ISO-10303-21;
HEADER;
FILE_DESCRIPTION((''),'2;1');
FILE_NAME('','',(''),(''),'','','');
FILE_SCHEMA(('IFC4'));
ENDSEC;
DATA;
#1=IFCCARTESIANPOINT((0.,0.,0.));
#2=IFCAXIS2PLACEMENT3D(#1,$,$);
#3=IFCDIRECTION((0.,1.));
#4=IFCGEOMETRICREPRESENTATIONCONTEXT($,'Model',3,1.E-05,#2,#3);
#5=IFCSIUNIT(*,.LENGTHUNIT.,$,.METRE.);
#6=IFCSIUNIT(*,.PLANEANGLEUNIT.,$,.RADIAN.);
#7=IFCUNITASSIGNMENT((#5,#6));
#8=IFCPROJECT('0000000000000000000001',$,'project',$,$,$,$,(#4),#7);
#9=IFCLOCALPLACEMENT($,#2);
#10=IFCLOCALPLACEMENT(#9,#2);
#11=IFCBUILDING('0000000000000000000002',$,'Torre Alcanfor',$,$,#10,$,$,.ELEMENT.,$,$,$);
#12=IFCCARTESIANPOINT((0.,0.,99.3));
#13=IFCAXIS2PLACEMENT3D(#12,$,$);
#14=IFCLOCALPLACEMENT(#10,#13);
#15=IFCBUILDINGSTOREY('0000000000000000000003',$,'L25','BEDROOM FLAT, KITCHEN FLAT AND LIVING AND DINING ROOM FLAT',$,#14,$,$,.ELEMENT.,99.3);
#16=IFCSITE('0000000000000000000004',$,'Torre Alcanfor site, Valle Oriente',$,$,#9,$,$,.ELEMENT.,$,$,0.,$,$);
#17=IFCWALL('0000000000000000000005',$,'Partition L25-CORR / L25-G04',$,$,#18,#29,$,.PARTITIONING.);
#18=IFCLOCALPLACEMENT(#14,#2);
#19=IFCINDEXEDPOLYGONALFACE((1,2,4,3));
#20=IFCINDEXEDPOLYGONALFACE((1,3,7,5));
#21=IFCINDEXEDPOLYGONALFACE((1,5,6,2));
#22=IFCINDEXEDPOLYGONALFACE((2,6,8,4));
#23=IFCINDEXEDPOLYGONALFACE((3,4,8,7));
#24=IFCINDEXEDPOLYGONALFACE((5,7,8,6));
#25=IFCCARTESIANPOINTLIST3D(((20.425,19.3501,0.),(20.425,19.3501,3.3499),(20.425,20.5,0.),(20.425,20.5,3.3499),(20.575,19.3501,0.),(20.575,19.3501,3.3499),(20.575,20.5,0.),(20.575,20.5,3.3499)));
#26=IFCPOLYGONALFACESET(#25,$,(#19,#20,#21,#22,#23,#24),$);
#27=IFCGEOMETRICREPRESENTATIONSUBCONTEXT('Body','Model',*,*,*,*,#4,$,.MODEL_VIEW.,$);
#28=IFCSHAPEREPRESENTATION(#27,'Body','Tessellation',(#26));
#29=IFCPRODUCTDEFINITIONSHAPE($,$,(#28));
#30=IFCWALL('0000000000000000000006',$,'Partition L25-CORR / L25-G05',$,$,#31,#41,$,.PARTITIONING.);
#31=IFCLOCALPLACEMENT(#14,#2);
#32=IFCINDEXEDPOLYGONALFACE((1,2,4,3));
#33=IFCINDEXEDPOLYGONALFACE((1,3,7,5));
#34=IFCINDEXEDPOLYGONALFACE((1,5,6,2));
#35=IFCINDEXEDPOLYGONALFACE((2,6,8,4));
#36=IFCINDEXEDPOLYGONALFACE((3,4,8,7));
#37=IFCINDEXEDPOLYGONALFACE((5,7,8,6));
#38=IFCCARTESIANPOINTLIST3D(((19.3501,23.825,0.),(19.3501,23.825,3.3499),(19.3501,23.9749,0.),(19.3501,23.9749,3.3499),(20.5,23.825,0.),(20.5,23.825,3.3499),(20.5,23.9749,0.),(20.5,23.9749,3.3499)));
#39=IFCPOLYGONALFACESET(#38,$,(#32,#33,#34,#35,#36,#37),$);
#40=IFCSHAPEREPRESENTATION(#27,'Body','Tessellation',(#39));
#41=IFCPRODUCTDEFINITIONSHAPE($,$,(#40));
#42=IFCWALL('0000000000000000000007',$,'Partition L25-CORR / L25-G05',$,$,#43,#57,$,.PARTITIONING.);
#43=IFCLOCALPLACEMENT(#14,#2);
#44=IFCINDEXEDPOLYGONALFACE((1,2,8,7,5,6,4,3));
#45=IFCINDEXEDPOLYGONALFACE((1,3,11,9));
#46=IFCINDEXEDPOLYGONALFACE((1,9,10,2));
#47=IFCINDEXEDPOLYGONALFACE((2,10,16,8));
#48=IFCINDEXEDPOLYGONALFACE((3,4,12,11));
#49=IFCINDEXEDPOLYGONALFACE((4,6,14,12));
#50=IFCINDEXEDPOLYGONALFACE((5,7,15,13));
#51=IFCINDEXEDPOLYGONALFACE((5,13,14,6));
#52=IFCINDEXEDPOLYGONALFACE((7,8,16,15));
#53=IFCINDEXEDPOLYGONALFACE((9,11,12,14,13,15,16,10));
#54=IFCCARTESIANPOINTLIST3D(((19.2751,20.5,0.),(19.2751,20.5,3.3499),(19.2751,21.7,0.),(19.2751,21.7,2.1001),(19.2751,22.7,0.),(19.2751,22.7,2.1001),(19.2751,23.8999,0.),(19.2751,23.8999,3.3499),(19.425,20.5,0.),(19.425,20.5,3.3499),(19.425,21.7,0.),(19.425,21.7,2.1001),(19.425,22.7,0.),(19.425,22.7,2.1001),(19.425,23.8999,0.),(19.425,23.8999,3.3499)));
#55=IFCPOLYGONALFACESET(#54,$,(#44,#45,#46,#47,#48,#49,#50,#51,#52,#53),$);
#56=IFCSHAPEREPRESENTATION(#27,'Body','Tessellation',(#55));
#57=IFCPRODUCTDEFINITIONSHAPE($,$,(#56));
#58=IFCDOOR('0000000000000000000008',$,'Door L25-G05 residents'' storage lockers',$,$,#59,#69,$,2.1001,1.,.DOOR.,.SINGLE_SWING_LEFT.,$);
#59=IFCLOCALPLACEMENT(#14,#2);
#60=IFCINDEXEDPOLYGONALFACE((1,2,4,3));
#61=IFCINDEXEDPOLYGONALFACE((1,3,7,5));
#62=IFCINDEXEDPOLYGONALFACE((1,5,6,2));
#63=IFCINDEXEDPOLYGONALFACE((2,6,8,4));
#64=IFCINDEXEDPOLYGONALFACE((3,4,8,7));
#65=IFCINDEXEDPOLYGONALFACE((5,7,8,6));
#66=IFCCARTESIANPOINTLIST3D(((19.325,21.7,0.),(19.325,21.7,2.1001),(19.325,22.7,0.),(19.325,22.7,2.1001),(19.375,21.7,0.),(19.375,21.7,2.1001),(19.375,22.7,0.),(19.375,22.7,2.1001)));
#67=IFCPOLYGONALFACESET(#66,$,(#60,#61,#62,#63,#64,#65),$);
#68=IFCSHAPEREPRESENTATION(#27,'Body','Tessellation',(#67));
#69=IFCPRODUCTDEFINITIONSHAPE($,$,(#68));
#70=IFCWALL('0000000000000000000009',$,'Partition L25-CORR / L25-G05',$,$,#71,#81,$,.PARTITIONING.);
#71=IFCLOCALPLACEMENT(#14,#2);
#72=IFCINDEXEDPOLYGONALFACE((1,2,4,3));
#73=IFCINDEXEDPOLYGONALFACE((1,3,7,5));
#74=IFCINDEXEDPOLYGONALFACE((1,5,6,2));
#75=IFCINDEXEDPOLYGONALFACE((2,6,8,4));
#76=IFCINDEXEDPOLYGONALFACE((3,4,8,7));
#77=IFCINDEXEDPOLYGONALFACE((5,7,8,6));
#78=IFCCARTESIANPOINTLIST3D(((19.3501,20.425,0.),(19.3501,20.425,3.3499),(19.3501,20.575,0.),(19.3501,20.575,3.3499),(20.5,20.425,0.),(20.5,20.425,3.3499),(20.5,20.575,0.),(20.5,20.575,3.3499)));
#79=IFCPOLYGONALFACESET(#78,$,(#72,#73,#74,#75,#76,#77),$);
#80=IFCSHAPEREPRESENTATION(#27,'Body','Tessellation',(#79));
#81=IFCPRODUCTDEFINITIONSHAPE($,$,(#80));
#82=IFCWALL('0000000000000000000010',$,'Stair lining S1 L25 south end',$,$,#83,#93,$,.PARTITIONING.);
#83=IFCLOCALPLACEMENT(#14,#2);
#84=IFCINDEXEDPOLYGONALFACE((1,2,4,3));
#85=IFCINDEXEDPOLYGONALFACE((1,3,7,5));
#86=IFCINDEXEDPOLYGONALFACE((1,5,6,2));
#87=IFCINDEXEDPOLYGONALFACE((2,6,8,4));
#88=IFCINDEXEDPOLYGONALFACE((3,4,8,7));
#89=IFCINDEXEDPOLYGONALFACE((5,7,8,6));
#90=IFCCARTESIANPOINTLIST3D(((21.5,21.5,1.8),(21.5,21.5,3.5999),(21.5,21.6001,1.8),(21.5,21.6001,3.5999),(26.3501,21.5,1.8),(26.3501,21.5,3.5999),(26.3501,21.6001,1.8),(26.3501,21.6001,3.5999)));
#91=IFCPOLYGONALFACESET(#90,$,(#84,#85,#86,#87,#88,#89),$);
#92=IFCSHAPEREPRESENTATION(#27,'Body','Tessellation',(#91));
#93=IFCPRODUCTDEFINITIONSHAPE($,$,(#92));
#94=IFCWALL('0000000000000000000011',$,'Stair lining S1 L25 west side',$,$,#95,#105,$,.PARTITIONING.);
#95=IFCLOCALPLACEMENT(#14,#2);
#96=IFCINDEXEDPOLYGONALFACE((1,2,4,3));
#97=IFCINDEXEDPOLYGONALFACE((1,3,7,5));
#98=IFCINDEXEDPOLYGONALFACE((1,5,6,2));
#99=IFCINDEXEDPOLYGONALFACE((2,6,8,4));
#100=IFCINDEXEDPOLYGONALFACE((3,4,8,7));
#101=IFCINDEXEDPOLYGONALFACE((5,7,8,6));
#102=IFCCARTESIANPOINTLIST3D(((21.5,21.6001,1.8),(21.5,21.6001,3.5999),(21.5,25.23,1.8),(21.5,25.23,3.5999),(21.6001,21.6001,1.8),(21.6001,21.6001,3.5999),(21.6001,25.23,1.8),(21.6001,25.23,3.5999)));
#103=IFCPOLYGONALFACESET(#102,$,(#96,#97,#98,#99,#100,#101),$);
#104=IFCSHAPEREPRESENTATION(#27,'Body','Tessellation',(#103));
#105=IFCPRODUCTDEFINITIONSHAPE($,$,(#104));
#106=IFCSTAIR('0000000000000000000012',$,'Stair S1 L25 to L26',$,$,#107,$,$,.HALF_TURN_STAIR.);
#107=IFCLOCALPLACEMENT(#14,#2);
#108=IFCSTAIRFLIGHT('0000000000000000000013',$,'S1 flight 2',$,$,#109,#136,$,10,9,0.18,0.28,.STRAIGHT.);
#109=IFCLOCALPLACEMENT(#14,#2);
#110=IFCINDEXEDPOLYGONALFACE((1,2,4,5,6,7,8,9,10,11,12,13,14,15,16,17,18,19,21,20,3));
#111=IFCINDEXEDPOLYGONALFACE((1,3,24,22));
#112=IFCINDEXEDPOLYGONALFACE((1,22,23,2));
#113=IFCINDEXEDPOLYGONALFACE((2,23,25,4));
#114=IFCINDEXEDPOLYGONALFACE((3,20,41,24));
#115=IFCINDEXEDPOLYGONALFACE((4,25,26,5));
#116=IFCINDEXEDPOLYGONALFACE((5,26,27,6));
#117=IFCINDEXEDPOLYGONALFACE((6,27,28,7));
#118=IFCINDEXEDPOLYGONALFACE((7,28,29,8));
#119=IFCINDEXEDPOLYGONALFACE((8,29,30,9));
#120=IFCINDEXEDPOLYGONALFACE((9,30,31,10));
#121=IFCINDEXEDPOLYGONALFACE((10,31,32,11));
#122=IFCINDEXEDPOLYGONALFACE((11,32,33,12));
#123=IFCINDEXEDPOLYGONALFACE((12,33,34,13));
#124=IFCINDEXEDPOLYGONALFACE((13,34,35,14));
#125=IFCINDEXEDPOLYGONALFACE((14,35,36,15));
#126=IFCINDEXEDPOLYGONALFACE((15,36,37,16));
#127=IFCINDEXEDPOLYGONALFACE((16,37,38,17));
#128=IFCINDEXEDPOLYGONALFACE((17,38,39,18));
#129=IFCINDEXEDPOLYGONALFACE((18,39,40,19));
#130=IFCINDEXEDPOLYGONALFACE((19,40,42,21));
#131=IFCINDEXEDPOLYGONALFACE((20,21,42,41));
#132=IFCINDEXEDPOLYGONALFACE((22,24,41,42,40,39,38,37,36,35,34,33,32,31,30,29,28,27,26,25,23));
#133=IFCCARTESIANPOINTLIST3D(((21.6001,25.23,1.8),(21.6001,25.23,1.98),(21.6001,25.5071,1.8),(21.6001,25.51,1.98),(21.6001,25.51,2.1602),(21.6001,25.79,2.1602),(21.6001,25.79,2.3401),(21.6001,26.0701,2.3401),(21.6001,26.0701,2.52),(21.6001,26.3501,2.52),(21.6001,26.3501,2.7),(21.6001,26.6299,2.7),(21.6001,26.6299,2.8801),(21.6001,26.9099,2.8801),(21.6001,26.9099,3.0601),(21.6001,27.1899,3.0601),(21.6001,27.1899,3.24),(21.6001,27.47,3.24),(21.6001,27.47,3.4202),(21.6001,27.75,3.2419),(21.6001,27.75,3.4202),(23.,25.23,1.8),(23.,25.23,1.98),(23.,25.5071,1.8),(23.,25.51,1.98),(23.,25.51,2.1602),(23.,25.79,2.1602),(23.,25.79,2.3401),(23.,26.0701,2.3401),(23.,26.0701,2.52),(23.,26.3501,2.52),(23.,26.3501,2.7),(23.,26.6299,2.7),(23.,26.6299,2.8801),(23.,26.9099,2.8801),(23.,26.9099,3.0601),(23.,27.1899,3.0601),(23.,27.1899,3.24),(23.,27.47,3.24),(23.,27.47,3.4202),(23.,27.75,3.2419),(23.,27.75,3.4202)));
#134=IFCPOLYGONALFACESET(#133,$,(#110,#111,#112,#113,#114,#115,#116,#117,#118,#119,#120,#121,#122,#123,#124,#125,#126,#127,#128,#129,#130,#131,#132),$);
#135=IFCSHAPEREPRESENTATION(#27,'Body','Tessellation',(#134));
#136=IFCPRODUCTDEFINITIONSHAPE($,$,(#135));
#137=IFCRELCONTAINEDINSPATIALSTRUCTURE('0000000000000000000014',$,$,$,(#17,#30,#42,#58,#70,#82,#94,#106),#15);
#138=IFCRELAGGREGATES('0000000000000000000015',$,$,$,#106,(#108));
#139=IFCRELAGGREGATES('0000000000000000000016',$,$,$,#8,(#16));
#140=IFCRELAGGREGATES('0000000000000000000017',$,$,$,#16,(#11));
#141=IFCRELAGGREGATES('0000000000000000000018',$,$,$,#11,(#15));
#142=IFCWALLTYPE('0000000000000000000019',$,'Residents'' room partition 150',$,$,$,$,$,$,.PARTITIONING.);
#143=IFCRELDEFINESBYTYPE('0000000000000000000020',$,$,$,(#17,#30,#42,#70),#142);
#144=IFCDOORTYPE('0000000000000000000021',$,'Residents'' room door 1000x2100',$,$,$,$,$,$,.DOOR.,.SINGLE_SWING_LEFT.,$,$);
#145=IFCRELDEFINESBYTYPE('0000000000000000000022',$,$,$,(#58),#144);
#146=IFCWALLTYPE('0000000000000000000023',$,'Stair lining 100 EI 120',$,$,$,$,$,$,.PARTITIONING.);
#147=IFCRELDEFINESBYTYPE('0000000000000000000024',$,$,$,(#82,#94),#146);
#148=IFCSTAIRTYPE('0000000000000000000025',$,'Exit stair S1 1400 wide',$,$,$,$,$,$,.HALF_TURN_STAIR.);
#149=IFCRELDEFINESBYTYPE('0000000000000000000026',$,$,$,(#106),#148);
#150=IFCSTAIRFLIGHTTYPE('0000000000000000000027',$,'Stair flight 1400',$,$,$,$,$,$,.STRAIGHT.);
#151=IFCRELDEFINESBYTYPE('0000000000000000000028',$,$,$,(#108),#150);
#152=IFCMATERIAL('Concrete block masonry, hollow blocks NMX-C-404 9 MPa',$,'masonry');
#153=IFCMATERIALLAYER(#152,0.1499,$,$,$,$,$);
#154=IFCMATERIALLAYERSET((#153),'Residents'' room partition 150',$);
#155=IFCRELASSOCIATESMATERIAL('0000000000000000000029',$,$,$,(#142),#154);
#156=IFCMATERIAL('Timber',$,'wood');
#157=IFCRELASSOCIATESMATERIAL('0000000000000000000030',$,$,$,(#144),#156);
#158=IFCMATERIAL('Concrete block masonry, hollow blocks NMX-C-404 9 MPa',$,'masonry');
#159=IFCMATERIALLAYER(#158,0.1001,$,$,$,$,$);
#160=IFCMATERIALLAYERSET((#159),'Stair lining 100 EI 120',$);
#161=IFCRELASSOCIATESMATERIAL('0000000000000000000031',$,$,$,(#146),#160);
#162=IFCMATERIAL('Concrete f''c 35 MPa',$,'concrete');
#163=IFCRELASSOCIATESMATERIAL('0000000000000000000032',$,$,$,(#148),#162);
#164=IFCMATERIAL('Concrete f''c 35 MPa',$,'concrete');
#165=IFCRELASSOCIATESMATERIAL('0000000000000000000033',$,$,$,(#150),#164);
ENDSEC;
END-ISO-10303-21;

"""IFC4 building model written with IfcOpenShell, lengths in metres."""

from ifc_helpers import new_model, si_unit, direction, frame, frame_2d, origin, place, context, subcontext, project, spatial, polyline, rectangle, outline, extrude, material, layer, layer_set, type_object, element, fill, aggregate, save


model = new_model("IFC4")

# Units and contexts
model_context = context("Model", 3, precision=1e-05, world=origin(), true_north=direction((0.0, 1.0)))
body_context = subcontext(model_context, "Body", "Model", "MODEL_VIEW")
ifc_project = project(units=[si_unit("LENGTHUNIT", "METRE"), si_unit("PLANEANGLEUNIT", "RADIAN")], contexts=[model_context])

# Site, building, storey
site_placement = place(None, origin())
site = spatial("IfcSite", under=ifc_project, at=site_placement, Name="Torre Alcanfor site, Valle Oriente", CompositionType="ELEMENT", RefElevation=0.0)
building_placement = place(site_placement, origin())
building = spatial("IfcBuilding", under=site, at=building_placement, Name="Torre Alcanfor", CompositionType="ELEMENT")
storey_placement = place(building_placement, frame((0.0, 0.0, 99.3)))
storey = spatial("IfcBuildingStorey", under=building, at=storey_placement, Name="L25", Description="BEDROOM FLAT, KITCHEN FLAT AND LIVING AND DINING ROOM FLAT", CompositionType="ELEMENT", Elevation=99.3)

# Walls
ifc_material_1 = material(Name="Concrete block masonry, hollow blocks NMX-C-404 9 MPa", Category="masonry")
ifc_layer_1 = layer(ifc_material_1, 0.1499)
ifc_layer_set_1 = layer_set([ifc_layer_1], Name="Residents' room partition 150")
wall_type_1 = type_object("IfcWallType", Name="Residents' room partition 150", PredefinedType="PARTITIONING", material=ifc_layer_set_1)
for number, where, z_axis, x_axis, name in (
    (1, (20.5, 20.5, 0.0), (0.0, 0.0, 1.0), (0.0, -1.0, 0.0), "Partition L25-CORR / L25-G04"),
    (2, (20.5, 23.8999, 0.0), (0.0, 0.0, 1.0), (-1.0, 0.0, 0.0), "Partition L25-CORR / L25-G05"),
):
    element("IfcWall", number, at=place(storey_placement, frame(where, z_axis=z_axis, x_axis=x_axis)), inside=storey, type_object=wall_type_1, Name=name, PredefinedType="PARTITIONING", context=body_context, shape_type="SweptSolid", body=[
        extrude(rectangle(XDim=1.1499, YDim=0.1499, at=frame_2d((0.575, 0.0))), origin(), (0.0, 0.0, 1.0), 3.3499),
    ])

# Wall, opening, door
wall_1_placement = place(storey_placement, frame((19.3501, 23.8999, 0.0), z_axis=(0.0, 0.0, 1.0), x_axis=(0.0, -1.0, 0.0)))
wall_1 = element("IfcWall", 3, at=wall_1_placement, inside=storey, type_object=wall_type_1, Name="Partition L25-CORR / L25-G05", PredefinedType="PARTITIONING", context=body_context, shape_type="SweptSolid", body=[
    extrude(rectangle(XDim=3.3999, YDim=0.1499, at=frame_2d((1.7, 0.0))), origin(), (0.0, 0.0, 1.0), 3.3499),
])
opening_1_placement = place(wall_1_placement, frame((1.2, 0.0, 0.0)))
opening_1 = element("IfcOpeningElement", 4, at=opening_1_placement, cuts=wall_1, PredefinedType="OPENING", context=body_context, shape_type="SweptSolid", body=[
    extrude(rectangle(XDim=1.0, YDim=2.1001, at=frame_2d((0.5, 1.05))), frame((0.0, 0.085, 0.0), z_axis=(0.0, -1.0, 0.0), x_axis=(1.0, 0.0, 0.0)), (0.0, 0.0, 1.0), 0.1699),
])
ifc_material_2 = material(Name="Timber", Category="wood")
door_type_1 = type_object("IfcDoorType", Name="Residents' room door 1000x2100", OperationType="SINGLE_SWING_LEFT", PredefinedType="DOOR", material=ifc_material_2)
door_1_placement = place(opening_1_placement, origin())
door_1 = element("IfcDoor", 5, at=door_1_placement, inside=storey, type_object=door_type_1, Name="Door L25-G05 residents' storage lockers", OperationType="SINGLE_SWING_LEFT", OverallHeight=2.1001, OverallWidth=1.0, PredefinedType="DOOR", context=body_context, shape_type="SweptSolid", body=[
    extrude(rectangle(XDim=1.0, YDim=2.1001, at=frame_2d((0.5, 1.05))), frame((0.0, 0.0249, 0.0), z_axis=(0.0, -1.0, 0.0), x_axis=(1.0, 0.0, 0.0)), (0.0, 0.0, 1.0), 0.05),
])
fill(opening_1, door_1)

# Walls
wall_2_placement = place(storey_placement, frame((19.3501, 20.5, 0.0), z_axis=(0.0, 0.0, 1.0), x_axis=(1.0, 0.0, 0.0)))
element("IfcWall", 6, at=wall_2_placement, inside=storey, type_object=wall_type_1, Name="Partition L25-CORR / L25-G05", PredefinedType="PARTITIONING", context=body_context, shape_type="SweptSolid", body=[
    extrude(rectangle(XDim=1.1499, YDim=0.1499, at=frame_2d((0.575, 0.0))), origin(), (0.0, 0.0, 1.0), 3.3499),
])
ifc_material_3 = material(Name="Concrete block masonry, hollow blocks NMX-C-404 9 MPa", Category="masonry")
ifc_layer_2 = layer(ifc_material_3, 0.1001)
ifc_layer_set_2 = layer_set([ifc_layer_2], Name="Stair lining 100 EI 120")
wall_type_2 = type_object("IfcWallType", Name="Stair lining 100 EI 120", PredefinedType="PARTITIONING", material=ifc_layer_set_2)
wall_3_placement = place(storey_placement, frame((21.5, 21.55, 1.8), z_axis=(0.0, 0.0, 1.0), x_axis=(1.0, 0.0, 0.0)))
element("IfcWall", 7, at=wall_3_placement, inside=storey, type_object=wall_type_2, Name="Stair lining S1 L25 south end", PredefinedType="PARTITIONING", context=body_context, shape_type="SweptSolid", body=[
    extrude(rectangle(XDim=4.8501, YDim=0.1001, at=frame_2d((2.425, 0.0))), origin(), (0.0, 0.0, 1.0), 1.7998),
])
wall_4_placement = place(storey_placement, frame((21.55, 25.23, 1.8), z_axis=(0.0, 0.0, 1.0), x_axis=(0.0, -1.0, 0.0)))
element("IfcWall", 8, at=wall_4_placement, inside=storey, type_object=wall_type_2, Name="Stair lining S1 L25 west side", PredefinedType="PARTITIONING", context=body_context, shape_type="SweptSolid", body=[
    extrude(rectangle(XDim=3.6299, YDim=0.1001, at=frame_2d((1.8149, 0.0))), origin(), (0.0, 0.0, 1.0), 1.7998),
])

# Stair, stair flight
ifc_material_4 = material(Name="Concrete f'c 35 MPa", Category="concrete")
stair_type = type_object("IfcStairType", Name="Exit stair S1 1400 wide", PredefinedType="HALF_TURN_STAIR", material=ifc_material_4)
stair_placement = place(storey_placement, origin())
stair = element("IfcStair", 9, at=stair_placement, inside=storey, type_object=stair_type, Name="Stair S1 L25 to L26", PredefinedType="HALF_TURN_STAIR")
ifc_material_5 = material(Name="Concrete f'c 35 MPa", Category="concrete")
stair_flight_type = type_object("IfcStairFlightType", Name="Stair flight 1400", PredefinedType="STRAIGHT", material=ifc_material_5)
stair_flight_placement = place(storey_placement, frame((22.3, 25.23, 1.8), z_axis=(0.0, 0.0, 1.0), x_axis=(0.0, 1.0, 0.0)))
stair_flight = element("IfcStairFlight", 10, at=stair_flight_placement, type_object=stair_flight_type, Name="S1 flight 2", NumberOfRisers=10, NumberOfTreads=9, PredefinedType="STRAIGHT", RiserHeight=0.18, TreadLength=0.28, context=body_context, shape_type="SweptSolid", body=[
    extrude(outline(polyline([(0.0, 0.0), (0.0, 0.1799), (0.28, 0.1799), (0.28, 0.3601), (0.5601, 0.3601), (0.5601, 0.54), (0.8401, 0.54), (0.8401, 0.72), (1.1201, 0.72), (1.1201, 0.8999), (1.3999, 0.8999), (1.3999, 1.0801), (1.6799, 1.0801), (1.6799, 1.26), (1.96, 1.26), (1.96, 1.4399), (2.24, 1.4399), (2.24, 1.6201), (2.52, 1.6201), (2.52, 1.8), (2.52, 1.4419), (0.2771, 0.0), (0.0, 0.0)])), frame((0.0, 0.7, 0.0), z_axis=(0.0, -1.0, 0.0), x_axis=(1.0, 0.0, 0.0)), (0.0, 0.0, 1.0), 1.3999),
])
aggregate(stair, [stair_flight])

save(model, "model.ifc")
